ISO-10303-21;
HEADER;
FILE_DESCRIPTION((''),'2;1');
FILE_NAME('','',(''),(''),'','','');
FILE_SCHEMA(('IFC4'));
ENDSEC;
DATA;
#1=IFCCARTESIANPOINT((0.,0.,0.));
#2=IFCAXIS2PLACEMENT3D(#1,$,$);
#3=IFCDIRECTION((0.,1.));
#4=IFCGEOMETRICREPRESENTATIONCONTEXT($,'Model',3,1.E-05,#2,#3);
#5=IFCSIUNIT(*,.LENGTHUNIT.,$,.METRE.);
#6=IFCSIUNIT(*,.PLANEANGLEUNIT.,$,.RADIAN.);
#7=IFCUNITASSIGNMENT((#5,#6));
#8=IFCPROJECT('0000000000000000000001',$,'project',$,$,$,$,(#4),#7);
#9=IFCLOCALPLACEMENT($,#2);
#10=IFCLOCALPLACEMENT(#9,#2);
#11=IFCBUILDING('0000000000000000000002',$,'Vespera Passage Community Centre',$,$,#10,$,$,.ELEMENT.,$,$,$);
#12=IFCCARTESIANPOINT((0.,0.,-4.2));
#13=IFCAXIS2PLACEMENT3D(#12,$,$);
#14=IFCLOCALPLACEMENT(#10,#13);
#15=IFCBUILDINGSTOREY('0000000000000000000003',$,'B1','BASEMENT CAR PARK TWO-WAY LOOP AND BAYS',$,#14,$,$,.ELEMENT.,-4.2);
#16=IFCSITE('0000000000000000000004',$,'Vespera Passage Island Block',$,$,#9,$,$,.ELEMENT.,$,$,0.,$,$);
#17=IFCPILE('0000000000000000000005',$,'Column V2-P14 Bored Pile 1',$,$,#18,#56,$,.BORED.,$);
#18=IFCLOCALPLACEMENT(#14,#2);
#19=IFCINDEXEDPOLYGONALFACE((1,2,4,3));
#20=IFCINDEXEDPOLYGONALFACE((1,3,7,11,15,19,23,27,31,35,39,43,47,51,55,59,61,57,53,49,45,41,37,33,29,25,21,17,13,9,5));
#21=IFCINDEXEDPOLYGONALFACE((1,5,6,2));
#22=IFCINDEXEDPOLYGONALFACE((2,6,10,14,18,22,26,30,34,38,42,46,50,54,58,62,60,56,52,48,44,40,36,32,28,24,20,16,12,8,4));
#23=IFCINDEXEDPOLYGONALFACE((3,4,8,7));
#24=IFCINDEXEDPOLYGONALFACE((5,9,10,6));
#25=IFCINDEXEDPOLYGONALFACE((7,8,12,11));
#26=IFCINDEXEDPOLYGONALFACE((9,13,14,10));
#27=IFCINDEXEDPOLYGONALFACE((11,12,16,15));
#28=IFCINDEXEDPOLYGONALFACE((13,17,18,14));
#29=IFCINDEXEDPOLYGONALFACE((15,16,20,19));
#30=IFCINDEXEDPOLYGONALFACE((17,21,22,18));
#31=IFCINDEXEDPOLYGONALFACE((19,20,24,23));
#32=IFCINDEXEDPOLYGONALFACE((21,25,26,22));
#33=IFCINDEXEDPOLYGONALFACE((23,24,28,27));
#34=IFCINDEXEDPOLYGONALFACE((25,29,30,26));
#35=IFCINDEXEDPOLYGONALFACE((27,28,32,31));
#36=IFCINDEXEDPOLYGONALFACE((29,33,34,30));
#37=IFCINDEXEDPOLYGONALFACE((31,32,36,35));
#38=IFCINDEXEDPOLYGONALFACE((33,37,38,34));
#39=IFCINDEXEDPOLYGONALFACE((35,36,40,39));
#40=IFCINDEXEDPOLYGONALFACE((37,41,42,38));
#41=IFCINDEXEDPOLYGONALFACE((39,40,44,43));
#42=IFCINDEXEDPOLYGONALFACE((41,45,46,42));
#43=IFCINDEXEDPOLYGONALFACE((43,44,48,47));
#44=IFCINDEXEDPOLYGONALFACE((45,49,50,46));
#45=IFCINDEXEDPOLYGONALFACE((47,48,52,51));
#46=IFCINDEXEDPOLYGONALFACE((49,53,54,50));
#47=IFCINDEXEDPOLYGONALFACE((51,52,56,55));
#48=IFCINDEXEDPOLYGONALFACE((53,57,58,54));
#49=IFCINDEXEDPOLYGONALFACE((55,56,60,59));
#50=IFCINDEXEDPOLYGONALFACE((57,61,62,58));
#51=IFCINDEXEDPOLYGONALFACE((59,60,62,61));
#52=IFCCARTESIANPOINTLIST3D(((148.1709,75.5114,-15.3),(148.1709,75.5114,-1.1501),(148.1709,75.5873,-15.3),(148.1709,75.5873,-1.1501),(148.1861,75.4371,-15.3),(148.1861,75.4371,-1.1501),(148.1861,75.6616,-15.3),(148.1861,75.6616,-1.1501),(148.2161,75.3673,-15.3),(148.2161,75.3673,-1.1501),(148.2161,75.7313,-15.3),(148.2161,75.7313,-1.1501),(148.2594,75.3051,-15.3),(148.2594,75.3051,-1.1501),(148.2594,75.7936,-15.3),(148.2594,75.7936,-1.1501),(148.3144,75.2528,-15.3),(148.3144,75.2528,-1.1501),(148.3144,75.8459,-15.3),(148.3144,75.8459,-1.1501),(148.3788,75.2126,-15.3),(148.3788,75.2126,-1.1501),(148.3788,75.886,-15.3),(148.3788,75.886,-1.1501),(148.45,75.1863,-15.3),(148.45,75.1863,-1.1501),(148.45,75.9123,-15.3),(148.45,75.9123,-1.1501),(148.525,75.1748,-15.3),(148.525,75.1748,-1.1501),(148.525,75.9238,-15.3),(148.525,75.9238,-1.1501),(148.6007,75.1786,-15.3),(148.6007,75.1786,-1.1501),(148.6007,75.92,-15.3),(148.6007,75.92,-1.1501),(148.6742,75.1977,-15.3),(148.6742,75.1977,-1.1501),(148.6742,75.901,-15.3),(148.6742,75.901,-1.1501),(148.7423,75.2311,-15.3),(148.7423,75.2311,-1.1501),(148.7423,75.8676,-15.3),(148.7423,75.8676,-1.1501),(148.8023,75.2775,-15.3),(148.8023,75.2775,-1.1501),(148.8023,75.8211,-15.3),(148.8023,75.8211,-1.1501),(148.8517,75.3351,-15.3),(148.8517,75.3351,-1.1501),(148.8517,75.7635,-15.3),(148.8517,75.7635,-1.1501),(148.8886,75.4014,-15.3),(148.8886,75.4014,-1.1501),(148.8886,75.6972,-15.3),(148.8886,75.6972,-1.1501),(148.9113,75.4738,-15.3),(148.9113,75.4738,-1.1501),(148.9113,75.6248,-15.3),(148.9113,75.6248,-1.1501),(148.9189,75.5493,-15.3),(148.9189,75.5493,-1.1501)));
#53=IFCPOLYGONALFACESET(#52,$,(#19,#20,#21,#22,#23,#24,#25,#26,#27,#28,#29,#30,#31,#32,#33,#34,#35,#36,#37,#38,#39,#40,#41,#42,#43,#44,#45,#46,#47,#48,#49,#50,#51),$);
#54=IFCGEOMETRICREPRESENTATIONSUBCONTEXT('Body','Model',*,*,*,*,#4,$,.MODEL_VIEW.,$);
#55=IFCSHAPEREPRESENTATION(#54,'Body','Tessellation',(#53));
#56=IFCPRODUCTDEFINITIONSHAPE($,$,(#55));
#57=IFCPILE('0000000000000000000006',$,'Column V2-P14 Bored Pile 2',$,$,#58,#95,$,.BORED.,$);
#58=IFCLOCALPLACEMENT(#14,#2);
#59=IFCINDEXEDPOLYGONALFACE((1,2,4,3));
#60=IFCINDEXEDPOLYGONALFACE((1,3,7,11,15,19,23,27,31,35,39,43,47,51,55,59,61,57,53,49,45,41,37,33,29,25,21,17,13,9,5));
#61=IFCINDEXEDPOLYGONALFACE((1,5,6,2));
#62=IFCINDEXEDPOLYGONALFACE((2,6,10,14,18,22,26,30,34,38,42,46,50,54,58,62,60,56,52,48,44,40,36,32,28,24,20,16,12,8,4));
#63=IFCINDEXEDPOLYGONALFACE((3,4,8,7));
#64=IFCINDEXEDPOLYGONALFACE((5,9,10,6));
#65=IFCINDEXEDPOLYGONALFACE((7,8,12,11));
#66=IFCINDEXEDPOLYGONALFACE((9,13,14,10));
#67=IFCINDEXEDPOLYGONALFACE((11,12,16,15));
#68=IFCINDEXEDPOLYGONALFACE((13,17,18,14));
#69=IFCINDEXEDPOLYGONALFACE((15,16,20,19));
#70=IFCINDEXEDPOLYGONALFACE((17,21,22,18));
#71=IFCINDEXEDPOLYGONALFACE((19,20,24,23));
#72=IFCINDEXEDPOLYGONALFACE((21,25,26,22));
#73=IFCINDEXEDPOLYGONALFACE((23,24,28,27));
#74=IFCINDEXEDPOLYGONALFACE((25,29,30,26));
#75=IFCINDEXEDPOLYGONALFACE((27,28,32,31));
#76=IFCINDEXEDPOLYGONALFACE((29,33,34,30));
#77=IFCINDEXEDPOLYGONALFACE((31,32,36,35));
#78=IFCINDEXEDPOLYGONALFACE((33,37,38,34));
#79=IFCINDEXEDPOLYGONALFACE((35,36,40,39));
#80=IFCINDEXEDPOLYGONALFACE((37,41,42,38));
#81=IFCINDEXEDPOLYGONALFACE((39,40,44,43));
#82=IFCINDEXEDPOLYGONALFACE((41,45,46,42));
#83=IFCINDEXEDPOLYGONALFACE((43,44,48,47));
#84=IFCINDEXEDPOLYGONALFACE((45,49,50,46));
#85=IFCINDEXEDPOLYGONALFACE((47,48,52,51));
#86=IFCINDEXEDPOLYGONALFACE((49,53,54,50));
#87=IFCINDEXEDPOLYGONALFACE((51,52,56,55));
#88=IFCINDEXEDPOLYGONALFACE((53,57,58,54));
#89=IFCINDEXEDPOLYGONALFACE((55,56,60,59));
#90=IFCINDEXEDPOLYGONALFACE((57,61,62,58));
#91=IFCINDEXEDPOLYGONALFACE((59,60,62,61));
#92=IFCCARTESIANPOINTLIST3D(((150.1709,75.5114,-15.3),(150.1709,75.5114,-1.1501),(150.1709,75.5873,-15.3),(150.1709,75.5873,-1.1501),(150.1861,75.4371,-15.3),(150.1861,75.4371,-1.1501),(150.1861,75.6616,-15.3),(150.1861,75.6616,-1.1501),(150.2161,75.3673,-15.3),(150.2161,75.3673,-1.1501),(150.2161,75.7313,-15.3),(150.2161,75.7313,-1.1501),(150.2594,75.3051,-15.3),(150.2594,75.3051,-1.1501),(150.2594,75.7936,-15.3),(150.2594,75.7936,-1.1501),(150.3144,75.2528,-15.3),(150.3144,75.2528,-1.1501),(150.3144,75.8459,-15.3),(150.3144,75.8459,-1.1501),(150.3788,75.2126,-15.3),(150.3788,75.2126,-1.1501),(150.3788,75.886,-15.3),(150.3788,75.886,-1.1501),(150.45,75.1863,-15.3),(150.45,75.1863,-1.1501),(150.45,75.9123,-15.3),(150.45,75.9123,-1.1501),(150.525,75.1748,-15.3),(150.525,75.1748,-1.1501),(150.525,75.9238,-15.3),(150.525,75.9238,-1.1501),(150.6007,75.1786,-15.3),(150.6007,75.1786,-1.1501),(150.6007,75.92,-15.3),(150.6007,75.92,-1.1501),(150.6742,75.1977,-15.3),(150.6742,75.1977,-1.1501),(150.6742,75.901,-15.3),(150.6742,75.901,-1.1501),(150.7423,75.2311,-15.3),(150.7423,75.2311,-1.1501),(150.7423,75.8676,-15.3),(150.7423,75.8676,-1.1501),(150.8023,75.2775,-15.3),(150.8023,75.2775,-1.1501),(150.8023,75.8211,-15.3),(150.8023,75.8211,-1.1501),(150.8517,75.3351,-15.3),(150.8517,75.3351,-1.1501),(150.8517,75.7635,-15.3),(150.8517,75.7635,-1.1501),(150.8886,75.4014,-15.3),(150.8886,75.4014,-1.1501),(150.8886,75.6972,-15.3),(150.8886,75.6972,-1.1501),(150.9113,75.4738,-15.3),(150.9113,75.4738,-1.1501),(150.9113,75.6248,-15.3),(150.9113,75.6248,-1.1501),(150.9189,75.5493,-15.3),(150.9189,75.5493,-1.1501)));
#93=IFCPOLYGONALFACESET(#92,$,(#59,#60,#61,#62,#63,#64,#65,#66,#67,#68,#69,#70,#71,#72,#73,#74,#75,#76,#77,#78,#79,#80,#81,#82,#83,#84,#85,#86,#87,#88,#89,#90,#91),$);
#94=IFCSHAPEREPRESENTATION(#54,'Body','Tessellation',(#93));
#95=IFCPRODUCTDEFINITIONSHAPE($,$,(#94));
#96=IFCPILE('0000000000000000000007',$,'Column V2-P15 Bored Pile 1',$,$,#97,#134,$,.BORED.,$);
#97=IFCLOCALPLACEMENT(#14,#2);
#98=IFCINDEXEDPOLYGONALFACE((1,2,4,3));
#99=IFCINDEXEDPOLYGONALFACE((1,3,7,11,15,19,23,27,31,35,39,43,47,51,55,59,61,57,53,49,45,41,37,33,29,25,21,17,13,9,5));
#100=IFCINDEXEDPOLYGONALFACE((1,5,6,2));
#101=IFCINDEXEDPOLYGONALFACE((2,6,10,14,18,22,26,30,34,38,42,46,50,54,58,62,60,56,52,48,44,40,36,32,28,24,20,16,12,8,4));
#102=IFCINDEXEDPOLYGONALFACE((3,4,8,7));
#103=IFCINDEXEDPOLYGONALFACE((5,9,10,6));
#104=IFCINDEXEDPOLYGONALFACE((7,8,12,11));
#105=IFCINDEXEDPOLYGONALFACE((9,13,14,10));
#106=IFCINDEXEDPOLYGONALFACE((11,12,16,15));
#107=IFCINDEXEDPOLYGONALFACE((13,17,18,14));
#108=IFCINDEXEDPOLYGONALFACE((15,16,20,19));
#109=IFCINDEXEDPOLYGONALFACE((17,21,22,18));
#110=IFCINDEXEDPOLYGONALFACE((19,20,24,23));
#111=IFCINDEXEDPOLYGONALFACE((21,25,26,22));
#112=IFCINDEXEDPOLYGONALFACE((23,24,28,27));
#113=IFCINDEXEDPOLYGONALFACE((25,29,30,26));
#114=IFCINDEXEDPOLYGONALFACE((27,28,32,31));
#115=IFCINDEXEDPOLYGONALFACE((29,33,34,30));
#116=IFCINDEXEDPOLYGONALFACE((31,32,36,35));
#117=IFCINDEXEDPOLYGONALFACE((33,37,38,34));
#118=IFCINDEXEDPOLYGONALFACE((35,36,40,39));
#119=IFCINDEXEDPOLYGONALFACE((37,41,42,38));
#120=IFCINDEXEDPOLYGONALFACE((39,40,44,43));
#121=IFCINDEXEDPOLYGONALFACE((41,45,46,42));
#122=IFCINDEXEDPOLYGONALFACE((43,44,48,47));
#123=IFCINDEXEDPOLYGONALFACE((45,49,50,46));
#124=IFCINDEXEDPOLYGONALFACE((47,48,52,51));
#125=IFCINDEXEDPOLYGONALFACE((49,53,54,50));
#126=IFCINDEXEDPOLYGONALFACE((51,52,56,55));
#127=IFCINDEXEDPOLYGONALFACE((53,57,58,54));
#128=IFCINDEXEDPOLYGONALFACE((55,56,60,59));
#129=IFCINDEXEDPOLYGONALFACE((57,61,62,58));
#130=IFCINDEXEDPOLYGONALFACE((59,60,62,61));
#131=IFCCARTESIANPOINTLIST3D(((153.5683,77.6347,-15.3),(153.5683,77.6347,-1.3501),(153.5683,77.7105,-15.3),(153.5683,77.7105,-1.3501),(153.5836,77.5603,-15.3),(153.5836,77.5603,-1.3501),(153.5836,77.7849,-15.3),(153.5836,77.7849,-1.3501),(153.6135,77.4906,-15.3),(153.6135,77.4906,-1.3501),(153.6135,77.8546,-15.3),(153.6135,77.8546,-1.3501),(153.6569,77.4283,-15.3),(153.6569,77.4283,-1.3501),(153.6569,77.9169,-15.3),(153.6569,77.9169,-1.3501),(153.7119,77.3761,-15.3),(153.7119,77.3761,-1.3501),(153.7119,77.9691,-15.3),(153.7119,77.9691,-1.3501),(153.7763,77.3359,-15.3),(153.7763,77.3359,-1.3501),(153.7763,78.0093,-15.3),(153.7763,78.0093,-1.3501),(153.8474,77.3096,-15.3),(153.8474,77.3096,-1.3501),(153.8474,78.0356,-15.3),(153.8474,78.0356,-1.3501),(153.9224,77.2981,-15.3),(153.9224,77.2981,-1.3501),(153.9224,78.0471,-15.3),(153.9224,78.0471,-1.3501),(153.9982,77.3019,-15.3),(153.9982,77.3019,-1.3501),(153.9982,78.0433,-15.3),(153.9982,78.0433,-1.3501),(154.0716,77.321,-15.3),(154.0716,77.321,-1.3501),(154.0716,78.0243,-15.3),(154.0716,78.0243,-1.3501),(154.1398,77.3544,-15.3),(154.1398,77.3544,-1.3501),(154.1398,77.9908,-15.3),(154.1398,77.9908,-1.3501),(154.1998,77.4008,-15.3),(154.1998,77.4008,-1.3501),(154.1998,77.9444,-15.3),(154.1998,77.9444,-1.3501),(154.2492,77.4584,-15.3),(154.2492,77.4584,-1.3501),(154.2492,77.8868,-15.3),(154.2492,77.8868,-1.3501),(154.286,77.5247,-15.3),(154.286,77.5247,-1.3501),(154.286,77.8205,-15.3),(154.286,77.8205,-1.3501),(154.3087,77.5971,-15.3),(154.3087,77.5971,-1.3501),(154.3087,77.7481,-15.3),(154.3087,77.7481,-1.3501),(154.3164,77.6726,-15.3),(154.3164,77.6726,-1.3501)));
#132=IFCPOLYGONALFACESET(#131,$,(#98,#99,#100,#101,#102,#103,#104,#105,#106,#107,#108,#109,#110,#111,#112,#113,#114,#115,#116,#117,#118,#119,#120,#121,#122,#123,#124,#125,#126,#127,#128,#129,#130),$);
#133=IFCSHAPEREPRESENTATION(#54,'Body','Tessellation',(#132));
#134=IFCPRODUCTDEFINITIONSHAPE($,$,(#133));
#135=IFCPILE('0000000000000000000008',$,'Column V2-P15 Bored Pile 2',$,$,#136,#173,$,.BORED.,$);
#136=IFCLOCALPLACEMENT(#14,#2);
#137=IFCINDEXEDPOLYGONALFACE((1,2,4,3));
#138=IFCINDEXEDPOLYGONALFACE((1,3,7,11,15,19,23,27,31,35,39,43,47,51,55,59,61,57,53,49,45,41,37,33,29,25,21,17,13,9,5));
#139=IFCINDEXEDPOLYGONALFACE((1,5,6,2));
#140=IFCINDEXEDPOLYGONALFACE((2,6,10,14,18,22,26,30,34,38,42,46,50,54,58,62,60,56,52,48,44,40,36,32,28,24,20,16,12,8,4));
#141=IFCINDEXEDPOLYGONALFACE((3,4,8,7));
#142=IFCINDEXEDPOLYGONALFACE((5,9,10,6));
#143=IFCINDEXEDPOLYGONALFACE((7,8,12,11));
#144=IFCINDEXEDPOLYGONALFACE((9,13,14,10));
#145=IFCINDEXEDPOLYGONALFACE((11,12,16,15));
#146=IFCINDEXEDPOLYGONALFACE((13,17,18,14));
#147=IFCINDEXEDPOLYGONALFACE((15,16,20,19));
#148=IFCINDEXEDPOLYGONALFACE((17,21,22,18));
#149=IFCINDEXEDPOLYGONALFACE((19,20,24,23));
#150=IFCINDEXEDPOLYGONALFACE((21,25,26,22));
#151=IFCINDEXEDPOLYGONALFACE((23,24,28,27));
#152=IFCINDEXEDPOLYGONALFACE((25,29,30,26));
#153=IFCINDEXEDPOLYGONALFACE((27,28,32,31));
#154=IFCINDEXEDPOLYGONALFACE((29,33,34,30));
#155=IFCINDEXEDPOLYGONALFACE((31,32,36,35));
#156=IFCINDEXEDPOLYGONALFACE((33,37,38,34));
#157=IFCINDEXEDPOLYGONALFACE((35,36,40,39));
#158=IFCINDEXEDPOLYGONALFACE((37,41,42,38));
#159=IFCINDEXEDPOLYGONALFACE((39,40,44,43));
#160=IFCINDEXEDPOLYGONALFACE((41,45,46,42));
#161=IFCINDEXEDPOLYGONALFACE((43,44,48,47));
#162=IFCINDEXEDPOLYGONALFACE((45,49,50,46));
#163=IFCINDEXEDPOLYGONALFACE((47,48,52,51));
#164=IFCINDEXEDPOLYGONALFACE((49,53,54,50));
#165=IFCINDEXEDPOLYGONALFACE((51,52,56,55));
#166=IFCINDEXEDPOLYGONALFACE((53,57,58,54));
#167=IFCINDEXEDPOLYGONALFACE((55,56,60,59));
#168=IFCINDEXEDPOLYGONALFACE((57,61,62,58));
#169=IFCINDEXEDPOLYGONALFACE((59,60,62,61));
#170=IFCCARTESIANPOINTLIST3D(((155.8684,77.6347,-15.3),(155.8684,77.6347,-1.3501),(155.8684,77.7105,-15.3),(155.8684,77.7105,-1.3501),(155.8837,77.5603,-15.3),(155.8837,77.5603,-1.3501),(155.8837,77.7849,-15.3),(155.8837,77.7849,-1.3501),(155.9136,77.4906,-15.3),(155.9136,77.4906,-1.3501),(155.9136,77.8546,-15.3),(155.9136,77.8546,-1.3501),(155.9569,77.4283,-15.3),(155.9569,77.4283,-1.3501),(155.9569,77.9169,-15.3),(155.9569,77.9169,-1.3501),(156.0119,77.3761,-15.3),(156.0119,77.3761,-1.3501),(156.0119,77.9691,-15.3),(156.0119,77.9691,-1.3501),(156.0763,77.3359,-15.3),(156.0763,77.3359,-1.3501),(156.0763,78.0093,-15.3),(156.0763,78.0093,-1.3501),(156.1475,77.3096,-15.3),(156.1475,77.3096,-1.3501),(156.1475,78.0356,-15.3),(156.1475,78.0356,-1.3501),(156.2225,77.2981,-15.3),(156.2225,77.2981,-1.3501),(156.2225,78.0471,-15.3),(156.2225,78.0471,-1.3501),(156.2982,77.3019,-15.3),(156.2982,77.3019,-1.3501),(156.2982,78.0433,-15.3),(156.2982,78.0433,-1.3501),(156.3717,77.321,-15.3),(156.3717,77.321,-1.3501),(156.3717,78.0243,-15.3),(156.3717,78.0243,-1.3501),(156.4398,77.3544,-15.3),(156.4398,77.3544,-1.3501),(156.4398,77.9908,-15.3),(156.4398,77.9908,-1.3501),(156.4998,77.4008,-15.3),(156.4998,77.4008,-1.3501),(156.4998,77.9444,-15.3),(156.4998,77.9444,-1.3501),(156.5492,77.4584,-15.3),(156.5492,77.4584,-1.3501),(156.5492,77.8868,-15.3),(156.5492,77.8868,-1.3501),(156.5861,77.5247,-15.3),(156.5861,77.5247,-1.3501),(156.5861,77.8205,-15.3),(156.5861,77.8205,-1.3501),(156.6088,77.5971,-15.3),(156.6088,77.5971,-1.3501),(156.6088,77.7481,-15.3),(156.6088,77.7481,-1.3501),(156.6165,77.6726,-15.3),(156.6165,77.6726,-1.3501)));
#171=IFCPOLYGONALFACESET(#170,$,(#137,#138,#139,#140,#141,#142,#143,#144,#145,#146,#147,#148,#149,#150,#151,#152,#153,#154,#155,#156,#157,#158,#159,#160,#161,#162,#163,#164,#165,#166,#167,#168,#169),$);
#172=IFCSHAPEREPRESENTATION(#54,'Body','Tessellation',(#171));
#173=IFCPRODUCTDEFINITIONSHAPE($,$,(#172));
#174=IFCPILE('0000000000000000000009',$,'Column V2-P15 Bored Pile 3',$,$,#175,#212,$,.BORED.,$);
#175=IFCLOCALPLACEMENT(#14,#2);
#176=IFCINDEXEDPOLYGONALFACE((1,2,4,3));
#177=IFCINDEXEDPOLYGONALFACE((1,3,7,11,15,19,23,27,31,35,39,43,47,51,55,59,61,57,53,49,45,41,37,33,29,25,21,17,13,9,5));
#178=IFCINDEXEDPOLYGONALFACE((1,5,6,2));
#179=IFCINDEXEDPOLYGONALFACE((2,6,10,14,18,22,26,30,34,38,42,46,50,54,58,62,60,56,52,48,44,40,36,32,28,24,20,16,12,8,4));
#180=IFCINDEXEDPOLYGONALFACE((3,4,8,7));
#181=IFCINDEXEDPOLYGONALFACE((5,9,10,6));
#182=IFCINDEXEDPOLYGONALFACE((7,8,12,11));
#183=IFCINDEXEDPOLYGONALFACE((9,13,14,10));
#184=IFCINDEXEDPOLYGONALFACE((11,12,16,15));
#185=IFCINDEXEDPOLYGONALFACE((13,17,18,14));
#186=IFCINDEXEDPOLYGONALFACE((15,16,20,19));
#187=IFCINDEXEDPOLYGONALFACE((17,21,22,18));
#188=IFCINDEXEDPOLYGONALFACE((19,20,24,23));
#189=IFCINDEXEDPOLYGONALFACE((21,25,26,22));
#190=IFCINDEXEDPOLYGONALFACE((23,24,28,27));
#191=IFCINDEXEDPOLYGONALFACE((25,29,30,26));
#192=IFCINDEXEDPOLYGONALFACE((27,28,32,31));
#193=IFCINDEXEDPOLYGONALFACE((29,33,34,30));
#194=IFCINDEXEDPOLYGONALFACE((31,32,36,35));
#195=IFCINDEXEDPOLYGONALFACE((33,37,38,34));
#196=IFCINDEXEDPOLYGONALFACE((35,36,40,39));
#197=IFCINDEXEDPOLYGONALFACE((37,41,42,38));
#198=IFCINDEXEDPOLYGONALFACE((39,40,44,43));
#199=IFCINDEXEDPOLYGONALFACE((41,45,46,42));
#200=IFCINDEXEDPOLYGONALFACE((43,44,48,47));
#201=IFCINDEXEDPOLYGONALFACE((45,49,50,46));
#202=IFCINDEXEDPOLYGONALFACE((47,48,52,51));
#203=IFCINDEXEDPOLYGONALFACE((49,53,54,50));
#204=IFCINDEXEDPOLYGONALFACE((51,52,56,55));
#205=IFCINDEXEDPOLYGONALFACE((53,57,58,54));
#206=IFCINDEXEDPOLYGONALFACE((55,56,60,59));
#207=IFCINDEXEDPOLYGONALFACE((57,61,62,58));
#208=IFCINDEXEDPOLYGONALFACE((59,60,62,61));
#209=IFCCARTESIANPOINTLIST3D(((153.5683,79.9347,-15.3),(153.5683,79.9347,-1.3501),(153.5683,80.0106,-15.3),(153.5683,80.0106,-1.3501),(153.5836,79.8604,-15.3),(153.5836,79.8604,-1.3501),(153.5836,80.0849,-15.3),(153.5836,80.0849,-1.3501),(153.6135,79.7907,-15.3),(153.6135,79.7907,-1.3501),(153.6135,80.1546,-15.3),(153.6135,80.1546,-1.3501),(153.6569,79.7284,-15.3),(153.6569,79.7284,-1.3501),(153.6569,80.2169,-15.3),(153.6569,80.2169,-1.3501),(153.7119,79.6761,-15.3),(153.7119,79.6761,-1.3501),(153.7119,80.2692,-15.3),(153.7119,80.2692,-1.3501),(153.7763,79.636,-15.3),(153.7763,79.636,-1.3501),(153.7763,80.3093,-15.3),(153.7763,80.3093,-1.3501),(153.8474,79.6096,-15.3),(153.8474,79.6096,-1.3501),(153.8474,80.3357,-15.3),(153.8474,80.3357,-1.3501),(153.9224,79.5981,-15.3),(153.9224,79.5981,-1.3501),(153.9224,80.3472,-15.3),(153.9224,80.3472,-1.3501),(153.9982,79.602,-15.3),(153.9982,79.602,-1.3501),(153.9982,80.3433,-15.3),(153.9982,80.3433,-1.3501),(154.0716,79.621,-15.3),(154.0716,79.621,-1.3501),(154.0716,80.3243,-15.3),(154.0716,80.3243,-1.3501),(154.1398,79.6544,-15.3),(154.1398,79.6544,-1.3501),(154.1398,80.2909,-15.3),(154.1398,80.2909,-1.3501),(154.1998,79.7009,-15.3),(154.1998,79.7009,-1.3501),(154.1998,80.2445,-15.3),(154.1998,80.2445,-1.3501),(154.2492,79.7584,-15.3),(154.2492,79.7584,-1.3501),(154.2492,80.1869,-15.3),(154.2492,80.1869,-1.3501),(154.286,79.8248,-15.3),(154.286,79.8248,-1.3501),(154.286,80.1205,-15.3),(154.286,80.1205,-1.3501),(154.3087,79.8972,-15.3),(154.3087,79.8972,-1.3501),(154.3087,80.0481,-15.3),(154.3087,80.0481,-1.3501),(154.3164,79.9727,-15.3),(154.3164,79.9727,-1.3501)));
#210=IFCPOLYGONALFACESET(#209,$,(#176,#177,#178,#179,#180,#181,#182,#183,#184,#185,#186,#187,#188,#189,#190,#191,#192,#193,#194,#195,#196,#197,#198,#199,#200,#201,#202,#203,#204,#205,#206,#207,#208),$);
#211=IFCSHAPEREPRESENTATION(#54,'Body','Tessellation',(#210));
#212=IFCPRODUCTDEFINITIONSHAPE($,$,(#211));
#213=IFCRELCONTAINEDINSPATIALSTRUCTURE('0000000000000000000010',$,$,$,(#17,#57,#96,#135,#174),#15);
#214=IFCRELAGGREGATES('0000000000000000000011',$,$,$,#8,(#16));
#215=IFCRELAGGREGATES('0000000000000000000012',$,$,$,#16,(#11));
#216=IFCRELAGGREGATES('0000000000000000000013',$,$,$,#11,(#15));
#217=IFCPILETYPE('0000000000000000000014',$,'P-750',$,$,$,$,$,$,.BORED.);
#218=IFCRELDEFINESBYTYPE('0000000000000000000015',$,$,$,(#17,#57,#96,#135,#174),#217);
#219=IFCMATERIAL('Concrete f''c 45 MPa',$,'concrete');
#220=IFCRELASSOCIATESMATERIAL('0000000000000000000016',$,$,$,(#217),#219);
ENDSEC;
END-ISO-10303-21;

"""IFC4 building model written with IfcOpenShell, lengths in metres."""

from ifc_helpers import new_model, si_unit, direction, frame, origin, origin_2d, place, context, subcontext, project, spatial, circle, extrude, material, material_profile, profile_set, type_object, element, save


model = new_model("IFC4")

# Units and contexts
model_context = context("Model", 3, precision=1e-05, world=origin(), true_north=direction((0.0, 1.0)))
body_context = subcontext(model_context, "Body", "Model", "MODEL_VIEW")
ifc_project = project(units=[si_unit("LENGTHUNIT", "METRE"), si_unit("PLANEANGLEUNIT", "RADIAN")], contexts=[model_context])

# Site, building, storey
site_placement = place(None, origin())
site = spatial("IfcSite", under=ifc_project, at=site_placement, Name="Vespera Passage Island Block", CompositionType="ELEMENT", RefElevation=0.0)
building_placement = place(site_placement, origin())
building = spatial("IfcBuilding", under=site, at=building_placement, Name="Vespera Passage Community Centre", CompositionType="ELEMENT")
storey_placement = place(building_placement, frame((0.0, 0.0, -4.2)))
storey = spatial("IfcBuildingStorey", under=building, at=storey_placement, Name="B1", Description="BASEMENT CAR PARK TWO-WAY LOOP AND BAYS", CompositionType="ELEMENT", Elevation=-4.2)

# Piles
ifc_material_1 = material(Name="Concrete f'c 45 MPa", Category="concrete")
ifc_material_profile_1 = material_profile(ifc_material_1, circle(Radius=0.375, at=origin_2d()), Name="PILE750DIA")
ifc_profile_set_1 = profile_set([ifc_material_profile_1], Name="Concrete f'c 45 MPa")
pile_type_1 = type_object("IfcPileType", Name="P-750", PredefinedType="BORED", material=ifc_profile_set_1)
for number, where, z_axis, x_axis, name in (
    (1, (148.5439, 75.5493, -1.1501), (0.0, 0.0, -1.0), (1.0, 0.0, 0.0), "Column V2-P14 Bored Pile 1"),
    (2, (150.5439, 75.5493, -1.1501), (0.0, 0.0, -1.0), (1.0, 0.0, 0.0), "Column V2-P14 Bored Pile 2"),
):
    element("IfcPile", number, at=place(storey_placement, frame(where, z_axis=z_axis, x_axis=x_axis)), inside=storey, type_object=pile_type_1, Name=name, PredefinedType="BORED", context=body_context, shape_type="SweptSolid", body=[
        extrude(circle(Radius=0.375, at=origin_2d()), origin(), (0.0, 0.0, 1.0), 14.1499),
    ])
for number, where, z_axis, x_axis, name in (
    (3, (153.9414, 77.6726, -1.3501), (0.0, 0.0, -1.0), (1.0, 0.0, 0.0), "Column V2-P15 Bored Pile 1"),
    (4, (156.2415, 77.6726, -1.3501), (0.0, 0.0, -1.0), (1.0, 0.0, 0.0), "Column V2-P15 Bored Pile 2"),
    (5, (153.9414, 79.9727, -1.3501), (0.0, 0.0, -1.0), (1.0, 0.0, 0.0), "Column V2-P15 Bored Pile 3"),
):
    element("IfcPile", number, at=place(storey_placement, frame(where, z_axis=z_axis, x_axis=x_axis)), inside=storey, type_object=pile_type_1, Name=name, PredefinedType="BORED", context=body_context, shape_type="SweptSolid", body=[
        extrude(circle(Radius=0.375, at=origin_2d()), origin(), (0.0, 0.0, 1.0), 13.95),
    ])

save(model, "model.ifc")
